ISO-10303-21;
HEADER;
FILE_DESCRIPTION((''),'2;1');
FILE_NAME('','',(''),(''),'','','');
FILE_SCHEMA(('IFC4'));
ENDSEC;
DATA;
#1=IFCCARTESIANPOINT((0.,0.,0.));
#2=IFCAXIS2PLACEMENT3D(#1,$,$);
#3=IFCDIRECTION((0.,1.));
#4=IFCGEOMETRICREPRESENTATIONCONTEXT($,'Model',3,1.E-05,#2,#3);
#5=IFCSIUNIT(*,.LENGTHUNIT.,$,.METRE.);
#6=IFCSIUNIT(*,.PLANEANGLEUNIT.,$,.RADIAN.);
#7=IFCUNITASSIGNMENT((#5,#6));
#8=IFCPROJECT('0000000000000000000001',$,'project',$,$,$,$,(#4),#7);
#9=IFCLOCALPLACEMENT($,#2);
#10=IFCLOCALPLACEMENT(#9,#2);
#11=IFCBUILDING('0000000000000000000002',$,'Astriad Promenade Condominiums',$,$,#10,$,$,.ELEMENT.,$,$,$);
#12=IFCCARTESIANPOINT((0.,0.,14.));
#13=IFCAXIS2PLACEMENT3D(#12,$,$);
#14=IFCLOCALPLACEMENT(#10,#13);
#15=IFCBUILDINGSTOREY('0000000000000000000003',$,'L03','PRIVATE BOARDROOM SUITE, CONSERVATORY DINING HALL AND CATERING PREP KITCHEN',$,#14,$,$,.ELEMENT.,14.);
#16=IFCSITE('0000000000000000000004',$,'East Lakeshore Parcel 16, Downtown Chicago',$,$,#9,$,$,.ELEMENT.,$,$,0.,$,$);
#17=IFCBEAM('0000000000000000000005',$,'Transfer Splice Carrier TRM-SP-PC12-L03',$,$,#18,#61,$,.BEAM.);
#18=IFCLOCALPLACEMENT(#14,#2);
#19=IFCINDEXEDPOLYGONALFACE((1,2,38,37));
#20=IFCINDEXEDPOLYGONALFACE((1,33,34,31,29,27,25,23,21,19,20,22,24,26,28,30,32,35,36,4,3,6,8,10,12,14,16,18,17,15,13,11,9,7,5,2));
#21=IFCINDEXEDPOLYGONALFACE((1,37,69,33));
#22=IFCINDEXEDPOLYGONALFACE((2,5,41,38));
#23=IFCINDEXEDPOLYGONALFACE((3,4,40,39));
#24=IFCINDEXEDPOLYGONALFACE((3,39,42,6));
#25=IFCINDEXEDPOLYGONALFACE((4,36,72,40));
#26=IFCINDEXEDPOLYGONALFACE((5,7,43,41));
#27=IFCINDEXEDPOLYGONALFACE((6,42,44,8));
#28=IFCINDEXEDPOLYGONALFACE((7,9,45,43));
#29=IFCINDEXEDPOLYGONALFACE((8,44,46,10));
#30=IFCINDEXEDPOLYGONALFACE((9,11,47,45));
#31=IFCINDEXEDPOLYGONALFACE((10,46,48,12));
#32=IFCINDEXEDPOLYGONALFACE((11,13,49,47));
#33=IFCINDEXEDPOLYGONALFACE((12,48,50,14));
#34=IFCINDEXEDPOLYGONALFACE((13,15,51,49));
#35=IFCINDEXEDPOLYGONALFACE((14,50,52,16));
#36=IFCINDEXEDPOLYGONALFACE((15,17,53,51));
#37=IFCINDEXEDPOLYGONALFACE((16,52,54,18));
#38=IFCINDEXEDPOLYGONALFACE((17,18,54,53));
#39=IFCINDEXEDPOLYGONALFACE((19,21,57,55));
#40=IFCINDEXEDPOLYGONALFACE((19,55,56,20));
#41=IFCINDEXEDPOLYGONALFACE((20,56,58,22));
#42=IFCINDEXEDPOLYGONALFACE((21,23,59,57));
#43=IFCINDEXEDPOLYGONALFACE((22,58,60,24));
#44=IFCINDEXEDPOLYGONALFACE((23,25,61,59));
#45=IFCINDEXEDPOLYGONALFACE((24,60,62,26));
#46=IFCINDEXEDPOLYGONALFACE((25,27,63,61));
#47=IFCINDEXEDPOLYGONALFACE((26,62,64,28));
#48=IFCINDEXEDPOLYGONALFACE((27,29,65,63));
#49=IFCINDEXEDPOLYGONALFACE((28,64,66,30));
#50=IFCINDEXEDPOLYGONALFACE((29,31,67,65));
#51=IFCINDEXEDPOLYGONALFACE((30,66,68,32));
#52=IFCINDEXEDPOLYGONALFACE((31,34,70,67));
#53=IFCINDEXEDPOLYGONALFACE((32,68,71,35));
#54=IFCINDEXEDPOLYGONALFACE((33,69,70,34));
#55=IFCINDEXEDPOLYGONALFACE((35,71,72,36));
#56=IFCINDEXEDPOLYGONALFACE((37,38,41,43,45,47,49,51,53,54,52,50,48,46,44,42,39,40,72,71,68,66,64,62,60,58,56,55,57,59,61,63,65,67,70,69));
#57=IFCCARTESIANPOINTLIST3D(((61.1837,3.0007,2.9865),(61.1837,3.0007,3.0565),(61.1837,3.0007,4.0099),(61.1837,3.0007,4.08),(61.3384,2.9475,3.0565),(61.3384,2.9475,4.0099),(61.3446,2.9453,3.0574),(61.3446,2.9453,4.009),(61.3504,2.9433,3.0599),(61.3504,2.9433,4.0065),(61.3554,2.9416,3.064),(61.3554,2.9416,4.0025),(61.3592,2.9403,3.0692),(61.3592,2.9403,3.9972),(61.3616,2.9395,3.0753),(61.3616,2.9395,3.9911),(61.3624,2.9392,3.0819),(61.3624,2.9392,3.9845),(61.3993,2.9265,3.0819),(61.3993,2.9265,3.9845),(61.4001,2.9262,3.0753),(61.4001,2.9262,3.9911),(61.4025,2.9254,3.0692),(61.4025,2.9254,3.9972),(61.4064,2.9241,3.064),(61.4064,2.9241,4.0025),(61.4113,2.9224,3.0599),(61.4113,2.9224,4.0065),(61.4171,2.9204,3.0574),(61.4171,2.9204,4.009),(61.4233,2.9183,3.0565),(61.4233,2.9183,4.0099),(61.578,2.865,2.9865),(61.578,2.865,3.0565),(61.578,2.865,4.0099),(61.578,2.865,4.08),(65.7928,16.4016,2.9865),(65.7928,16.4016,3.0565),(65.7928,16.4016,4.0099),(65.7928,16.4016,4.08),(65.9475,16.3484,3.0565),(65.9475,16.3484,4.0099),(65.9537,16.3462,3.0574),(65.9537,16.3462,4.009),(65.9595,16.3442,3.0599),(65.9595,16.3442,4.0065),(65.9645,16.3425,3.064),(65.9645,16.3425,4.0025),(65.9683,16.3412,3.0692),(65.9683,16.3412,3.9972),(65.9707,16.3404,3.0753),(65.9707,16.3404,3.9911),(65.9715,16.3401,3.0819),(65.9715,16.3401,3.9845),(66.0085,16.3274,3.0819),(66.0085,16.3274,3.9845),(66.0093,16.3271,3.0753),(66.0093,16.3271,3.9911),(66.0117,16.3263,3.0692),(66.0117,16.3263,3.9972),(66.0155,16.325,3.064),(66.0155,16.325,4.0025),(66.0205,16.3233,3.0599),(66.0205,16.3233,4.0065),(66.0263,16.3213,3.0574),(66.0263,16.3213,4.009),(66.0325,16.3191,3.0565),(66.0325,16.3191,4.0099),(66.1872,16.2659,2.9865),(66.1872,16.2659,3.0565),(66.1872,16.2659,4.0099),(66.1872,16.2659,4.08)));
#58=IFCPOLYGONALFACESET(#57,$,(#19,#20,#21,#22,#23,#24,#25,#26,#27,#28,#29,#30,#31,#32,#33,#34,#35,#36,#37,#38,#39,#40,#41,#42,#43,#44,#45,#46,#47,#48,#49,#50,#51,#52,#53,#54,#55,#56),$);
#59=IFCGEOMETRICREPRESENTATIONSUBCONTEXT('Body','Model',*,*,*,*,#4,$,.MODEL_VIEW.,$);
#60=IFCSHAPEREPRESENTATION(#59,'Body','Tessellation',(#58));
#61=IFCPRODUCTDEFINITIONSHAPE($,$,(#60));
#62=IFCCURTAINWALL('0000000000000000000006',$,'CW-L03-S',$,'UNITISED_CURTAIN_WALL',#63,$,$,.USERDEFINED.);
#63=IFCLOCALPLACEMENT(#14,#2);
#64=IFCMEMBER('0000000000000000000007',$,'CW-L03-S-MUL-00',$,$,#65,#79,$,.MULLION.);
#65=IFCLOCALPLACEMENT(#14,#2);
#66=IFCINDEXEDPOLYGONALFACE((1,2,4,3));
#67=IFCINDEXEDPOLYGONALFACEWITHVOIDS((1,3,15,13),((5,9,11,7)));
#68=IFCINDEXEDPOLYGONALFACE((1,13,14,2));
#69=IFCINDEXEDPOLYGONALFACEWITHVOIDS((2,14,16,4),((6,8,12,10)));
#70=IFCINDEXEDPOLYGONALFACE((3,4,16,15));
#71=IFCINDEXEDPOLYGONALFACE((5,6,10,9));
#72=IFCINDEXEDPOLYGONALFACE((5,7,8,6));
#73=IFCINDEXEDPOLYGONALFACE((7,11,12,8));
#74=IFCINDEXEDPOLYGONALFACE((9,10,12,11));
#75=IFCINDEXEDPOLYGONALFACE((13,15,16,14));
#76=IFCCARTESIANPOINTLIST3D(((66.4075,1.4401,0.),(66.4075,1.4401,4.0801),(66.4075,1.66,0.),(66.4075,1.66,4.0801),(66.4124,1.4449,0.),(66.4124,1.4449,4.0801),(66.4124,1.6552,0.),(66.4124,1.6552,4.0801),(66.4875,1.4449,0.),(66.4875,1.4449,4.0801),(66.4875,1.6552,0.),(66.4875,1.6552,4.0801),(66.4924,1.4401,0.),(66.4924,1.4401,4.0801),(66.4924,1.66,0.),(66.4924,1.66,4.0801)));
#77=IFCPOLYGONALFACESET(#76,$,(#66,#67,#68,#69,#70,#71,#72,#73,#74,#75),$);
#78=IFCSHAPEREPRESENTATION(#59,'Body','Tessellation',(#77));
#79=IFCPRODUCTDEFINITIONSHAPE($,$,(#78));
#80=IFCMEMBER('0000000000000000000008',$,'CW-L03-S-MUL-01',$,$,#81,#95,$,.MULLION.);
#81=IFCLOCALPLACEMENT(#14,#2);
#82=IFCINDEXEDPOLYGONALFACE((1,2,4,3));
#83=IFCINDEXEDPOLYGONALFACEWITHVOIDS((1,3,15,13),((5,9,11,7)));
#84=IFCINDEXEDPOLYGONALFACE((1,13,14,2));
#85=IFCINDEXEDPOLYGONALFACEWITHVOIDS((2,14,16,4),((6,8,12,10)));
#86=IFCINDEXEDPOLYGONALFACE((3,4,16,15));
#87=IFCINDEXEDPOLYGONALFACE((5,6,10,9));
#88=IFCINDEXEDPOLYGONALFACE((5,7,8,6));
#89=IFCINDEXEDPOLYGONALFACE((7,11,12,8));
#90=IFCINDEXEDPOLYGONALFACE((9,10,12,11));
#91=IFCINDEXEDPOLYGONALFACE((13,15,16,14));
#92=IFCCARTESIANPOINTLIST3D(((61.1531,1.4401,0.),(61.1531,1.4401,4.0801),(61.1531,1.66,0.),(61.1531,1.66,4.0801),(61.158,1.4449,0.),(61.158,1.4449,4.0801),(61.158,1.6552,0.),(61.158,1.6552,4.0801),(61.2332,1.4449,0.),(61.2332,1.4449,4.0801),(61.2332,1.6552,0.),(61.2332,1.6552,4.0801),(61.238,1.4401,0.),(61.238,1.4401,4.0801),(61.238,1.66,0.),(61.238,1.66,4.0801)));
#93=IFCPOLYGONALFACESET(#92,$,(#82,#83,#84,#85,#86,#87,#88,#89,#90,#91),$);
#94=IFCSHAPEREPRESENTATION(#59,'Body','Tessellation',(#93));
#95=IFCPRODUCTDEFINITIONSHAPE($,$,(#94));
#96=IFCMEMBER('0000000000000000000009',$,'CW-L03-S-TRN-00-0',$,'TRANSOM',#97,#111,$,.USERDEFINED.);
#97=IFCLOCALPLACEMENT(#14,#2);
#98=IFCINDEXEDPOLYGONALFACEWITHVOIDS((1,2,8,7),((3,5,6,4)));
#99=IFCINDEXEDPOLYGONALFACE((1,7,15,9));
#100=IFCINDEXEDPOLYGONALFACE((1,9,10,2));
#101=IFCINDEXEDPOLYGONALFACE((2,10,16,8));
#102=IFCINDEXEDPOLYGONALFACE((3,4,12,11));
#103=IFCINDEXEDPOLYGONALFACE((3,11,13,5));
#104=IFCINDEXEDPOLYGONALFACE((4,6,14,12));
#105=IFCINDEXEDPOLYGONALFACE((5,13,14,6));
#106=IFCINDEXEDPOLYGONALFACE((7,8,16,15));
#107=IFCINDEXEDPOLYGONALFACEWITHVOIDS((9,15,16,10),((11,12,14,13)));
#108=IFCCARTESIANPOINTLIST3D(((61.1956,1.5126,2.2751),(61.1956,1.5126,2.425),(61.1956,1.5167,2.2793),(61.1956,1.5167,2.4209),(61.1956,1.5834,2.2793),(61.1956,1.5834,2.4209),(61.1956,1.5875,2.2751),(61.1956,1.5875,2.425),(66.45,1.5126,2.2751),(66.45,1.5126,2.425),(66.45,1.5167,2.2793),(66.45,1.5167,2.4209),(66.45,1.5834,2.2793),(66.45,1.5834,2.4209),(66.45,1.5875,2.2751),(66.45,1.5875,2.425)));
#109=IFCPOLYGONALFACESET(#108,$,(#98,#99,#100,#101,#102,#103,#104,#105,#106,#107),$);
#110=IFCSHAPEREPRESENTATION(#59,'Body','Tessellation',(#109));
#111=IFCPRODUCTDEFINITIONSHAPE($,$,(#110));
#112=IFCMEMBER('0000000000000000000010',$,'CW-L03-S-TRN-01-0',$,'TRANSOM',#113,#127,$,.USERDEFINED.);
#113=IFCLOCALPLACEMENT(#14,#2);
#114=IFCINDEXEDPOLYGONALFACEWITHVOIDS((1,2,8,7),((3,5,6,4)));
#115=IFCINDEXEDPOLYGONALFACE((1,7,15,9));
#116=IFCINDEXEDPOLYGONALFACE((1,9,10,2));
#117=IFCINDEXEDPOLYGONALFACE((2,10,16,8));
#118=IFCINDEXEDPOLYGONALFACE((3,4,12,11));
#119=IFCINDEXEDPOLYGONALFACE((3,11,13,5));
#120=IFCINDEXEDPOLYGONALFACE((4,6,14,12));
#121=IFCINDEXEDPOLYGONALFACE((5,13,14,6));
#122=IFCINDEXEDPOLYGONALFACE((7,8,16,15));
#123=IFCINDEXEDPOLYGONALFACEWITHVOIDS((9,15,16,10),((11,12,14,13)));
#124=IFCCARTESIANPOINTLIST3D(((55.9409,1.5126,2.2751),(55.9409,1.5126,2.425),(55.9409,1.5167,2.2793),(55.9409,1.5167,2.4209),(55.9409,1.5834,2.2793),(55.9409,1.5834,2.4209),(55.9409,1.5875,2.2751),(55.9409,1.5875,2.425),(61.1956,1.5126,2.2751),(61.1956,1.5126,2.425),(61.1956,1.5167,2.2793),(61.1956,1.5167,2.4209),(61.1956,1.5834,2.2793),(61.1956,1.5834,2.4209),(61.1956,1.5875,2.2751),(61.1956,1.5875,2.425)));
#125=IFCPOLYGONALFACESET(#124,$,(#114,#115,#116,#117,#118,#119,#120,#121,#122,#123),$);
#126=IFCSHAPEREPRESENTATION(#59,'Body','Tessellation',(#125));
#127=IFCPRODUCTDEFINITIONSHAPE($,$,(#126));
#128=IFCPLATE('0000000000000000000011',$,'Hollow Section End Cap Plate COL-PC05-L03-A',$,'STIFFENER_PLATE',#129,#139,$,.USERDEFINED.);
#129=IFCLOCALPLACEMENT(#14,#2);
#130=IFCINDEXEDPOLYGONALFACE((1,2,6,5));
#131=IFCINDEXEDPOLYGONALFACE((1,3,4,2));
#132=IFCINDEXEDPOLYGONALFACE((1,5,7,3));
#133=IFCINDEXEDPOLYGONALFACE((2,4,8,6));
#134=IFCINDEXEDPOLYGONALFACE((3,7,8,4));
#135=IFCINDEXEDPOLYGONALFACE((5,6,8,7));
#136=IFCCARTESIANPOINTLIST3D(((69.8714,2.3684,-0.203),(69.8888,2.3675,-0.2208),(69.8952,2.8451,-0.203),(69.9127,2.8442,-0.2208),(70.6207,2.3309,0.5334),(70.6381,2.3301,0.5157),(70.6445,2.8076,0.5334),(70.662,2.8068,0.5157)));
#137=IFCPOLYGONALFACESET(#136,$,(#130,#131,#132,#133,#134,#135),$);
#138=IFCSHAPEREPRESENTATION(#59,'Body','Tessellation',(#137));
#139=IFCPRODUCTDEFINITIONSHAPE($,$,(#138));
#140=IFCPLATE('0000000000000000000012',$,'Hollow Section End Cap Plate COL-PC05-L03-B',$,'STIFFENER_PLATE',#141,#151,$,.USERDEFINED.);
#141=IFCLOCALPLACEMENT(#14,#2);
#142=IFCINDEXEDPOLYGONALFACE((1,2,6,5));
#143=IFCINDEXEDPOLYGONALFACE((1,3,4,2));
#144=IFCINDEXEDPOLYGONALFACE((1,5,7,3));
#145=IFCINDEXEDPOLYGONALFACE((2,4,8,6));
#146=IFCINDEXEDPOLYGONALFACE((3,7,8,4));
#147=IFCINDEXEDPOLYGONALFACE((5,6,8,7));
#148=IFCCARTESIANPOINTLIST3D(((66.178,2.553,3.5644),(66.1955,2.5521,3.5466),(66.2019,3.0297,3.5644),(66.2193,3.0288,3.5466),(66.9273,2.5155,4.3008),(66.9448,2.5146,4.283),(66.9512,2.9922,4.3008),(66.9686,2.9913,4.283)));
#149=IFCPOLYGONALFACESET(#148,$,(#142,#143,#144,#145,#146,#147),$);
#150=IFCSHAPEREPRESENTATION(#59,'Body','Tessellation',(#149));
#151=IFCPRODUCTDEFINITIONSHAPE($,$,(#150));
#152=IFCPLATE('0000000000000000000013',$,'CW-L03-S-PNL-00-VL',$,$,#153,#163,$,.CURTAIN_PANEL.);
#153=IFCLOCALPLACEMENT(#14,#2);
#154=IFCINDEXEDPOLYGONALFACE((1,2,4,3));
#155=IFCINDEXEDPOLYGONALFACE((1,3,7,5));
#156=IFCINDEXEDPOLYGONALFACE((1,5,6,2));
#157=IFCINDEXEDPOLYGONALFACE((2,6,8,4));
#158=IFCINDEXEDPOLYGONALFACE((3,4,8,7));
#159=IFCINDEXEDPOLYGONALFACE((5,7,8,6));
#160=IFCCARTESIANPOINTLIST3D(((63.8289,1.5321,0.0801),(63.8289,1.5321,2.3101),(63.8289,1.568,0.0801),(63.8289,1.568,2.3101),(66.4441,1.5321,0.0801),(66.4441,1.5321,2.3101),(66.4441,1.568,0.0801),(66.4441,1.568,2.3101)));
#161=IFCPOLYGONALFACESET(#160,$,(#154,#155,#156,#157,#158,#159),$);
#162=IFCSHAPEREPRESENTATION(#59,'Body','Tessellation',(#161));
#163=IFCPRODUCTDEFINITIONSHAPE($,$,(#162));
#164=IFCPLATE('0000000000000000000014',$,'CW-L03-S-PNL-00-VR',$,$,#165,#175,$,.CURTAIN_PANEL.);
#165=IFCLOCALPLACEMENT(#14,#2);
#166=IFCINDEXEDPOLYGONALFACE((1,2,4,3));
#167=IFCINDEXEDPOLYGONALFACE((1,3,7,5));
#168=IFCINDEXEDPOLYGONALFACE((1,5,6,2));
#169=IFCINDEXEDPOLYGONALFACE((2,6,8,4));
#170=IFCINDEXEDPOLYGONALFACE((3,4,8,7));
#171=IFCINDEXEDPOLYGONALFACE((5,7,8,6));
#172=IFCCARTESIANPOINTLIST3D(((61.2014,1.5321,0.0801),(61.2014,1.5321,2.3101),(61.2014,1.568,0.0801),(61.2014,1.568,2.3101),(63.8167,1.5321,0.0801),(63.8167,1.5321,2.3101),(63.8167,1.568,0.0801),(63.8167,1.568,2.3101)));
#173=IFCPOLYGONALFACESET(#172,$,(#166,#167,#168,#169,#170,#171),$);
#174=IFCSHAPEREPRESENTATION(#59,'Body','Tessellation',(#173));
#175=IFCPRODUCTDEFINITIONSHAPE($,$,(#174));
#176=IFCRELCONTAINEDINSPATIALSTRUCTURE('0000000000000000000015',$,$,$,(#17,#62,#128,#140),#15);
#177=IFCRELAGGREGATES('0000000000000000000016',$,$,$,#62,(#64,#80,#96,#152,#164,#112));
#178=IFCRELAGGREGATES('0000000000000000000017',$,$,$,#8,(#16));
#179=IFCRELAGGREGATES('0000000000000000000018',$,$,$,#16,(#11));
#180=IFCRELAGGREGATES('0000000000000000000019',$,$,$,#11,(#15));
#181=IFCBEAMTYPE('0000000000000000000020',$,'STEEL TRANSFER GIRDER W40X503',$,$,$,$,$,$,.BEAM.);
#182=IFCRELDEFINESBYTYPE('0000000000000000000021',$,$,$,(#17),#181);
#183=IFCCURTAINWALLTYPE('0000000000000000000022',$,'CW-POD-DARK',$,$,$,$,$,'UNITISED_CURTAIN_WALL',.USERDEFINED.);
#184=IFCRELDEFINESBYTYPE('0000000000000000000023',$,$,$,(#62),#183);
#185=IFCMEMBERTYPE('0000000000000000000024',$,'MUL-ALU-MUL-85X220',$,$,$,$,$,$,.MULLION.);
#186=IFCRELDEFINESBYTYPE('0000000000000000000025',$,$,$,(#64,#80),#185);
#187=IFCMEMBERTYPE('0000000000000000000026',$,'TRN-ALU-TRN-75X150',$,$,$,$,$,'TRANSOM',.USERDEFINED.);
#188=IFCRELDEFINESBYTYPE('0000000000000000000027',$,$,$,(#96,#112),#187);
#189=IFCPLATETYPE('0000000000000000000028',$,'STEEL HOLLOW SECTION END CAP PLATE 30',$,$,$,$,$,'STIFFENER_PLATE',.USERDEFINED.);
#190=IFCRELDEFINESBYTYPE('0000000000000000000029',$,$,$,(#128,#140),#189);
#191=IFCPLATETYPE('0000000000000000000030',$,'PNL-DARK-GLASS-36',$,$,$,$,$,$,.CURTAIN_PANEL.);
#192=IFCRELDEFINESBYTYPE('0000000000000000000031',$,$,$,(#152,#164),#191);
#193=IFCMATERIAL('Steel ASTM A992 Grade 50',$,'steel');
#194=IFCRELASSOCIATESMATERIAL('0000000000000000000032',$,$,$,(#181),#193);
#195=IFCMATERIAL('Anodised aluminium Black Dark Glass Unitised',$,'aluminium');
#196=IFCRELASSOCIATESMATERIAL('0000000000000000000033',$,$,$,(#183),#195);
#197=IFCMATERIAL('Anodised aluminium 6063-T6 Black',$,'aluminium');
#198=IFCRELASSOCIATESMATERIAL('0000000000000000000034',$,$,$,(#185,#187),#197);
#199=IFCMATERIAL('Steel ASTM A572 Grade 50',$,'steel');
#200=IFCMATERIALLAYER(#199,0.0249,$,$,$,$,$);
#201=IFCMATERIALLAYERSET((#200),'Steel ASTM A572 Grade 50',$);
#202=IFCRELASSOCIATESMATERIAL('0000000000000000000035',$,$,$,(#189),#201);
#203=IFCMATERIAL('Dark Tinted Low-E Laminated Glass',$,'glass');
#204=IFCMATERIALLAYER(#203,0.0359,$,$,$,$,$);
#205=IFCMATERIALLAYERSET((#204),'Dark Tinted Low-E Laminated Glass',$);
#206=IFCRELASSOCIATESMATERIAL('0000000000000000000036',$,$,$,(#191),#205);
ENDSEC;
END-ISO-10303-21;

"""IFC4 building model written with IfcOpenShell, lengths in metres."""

from ifc_helpers import new_model, si_unit, direction, frame, origin, origin_2d, place, context, subcontext, project, spatial, rectangle, hollow_rectangle, i_section, extrude, source, transform, mapped, material, layer, layer_set, material_profile, profile_set, type_object, type_shapes, element, aggregate, save


model = new_model("IFC4")

# Units and contexts
model_context = context("Model", 3, precision=1e-05, world=origin(), true_north=direction((0.0, 1.0)))
body_context = subcontext(model_context, "Body", "Model", "MODEL_VIEW")
ifc_project = project(units=[si_unit("LENGTHUNIT", "METRE"), si_unit("PLANEANGLEUNIT", "RADIAN")], contexts=[model_context])

# Site, building, storey
site_placement = place(None, origin())
site = spatial("IfcSite", under=ifc_project, at=site_placement, Name="East Lakeshore Parcel 16, Downtown Chicago", CompositionType="ELEMENT", RefElevation=0.0)
building_placement = place(site_placement, origin())
building = spatial("IfcBuilding", under=site, at=building_placement, Name="Astriad Promenade Condominiums", CompositionType="ELEMENT")
storey_placement = place(building_placement, frame((0.0, 0.0, 14.0)))
storey = spatial("IfcBuildingStorey", under=building, at=storey_placement, Name="L03", Description="PRIVATE BOARDROOM SUITE, CONSERVATORY DINING HALL AND CATERING PREP KITCHEN", CompositionType="ELEMENT", Elevation=14.0)

# Shared definitions
ifc_material_1 = material(Name="Steel ASTM A992 Grade 50", Category="steel")

# Beam
ifc_material_profile_1 = material_profile(ifc_material_1, i_section(OverallWidth=0.417, OverallDepth=1.0935, WebThickness=0.0391, FlangeThickness=0.0701, FilletRadius=0.0254, at=origin_2d()), Name="W40X503")
ifc_profile_set_1 = profile_set([ifc_material_profile_1], Name="Steel ASTM A992 Grade 50")
beam_type_1 = type_object("IfcBeamType", Name="STEEL TRANSFER GIRDER W40X503", PredefinedType="BEAM", material=ifc_profile_set_1)
shared_shape_1 = source(origin(), body_context, "Body", "SweptSolid", [
    extrude(i_section(OverallWidth=0.417, OverallDepth=1.0935, WebThickness=0.0391, FlangeThickness=0.0701, FilletRadius=0.0254, at=origin_2d()), origin(), (0.0, 0.0, 1.0), 14.1714),
])
type_shapes(beam_type_1, [shared_shape_1])
beam_1_placement = place(storey_placement, frame((61.3809, 2.9329, 3.5332), z_axis=(0.325243, 0.945631, 0.0), x_axis=(-0.945631, 0.325243, 0.0)))
element("IfcBeam", 1, at=beam_1_placement, inside=storey, type_object=beam_type_1, Name="Transfer Splice Carrier TRM-SP-PC12-L03", PredefinedType="BEAM", context=body_context, shape_type="MappedRepresentation", body=[
    mapped(shared_shape_1, transform((0.0, 0.0, 0.0), scale=1.0)),
])

# Curtain wall, members
ifc_material_2 = material(Name="Anodised aluminium Black Dark Glass Unitised", Category="aluminium")
curtain_wall_type = type_object("IfcCurtainWallType", Name="CW-POD-DARK", ElementType="UNITISED_CURTAIN_WALL", PredefinedType="USERDEFINED", material=ifc_material_2)
curtain_wall_placement = place(storey_placement, origin())
curtain_wall = element("IfcCurtainWall", 2, at=curtain_wall_placement, inside=storey, type_object=curtain_wall_type, Name="CW-L03-S", ObjectType="UNITISED_CURTAIN_WALL", PredefinedType="USERDEFINED")
ifc_material_3 = material(Name="Anodised aluminium 6063-T6 Black", Category="aluminium")
ifc_material_profile_2 = material_profile(ifc_material_3, hollow_rectangle(XDim=0.085, YDim=0.22, WallThickness=0.0049, at=origin_2d()), Name="ALU-MUL-85X220")
ifc_profile_set_2 = profile_set([ifc_material_profile_2], Name="Anodised aluminium 6063-T6 Black")
member_type_1 = type_object("IfcMemberType", Name="MUL-ALU-MUL-85X220", PredefinedType="MULLION", material=ifc_profile_set_2)
shared_shape_2 = source(origin(), body_context, "Body", "SweptSolid", [
    extrude(hollow_rectangle(XDim=0.085, YDim=0.22, WallThickness=0.0049, at=origin_2d()), origin(), (0.0, 0.0, 1.0), 4.0801),
])
type_shapes(member_type_1, [shared_shape_2])
member_1_placement = place(storey_placement, frame((66.45, 1.55, 0.0), z_axis=(0.0, 0.0, 1.0), x_axis=(1.0, 0.0, 0.0)))
member_1 = element("IfcMember", 3, at=member_1_placement, type_object=member_type_1, Name="CW-L03-S-MUL-00", PredefinedType="MULLION", context=body_context, shape_type="MappedRepresentation", body=[
    mapped(shared_shape_2, transform((0.0, 0.0, 0.0), scale=1.0)),
])
member_2_placement = place(storey_placement, frame((61.1956, 1.55, 0.0), z_axis=(0.0, 0.0, 1.0), x_axis=(1.0, 0.0, 0.0)))
member_2 = element("IfcMember", 4, at=member_2_placement, type_object=member_type_1, Name="CW-L03-S-MUL-01", PredefinedType="MULLION", context=body_context, shape_type="MappedRepresentation", body=[
    mapped(shared_shape_2, transform((0.0, 0.0, 0.0), scale=1.0)),
])
ifc_material_profile_3 = material_profile(ifc_material_3, hollow_rectangle(XDim=0.075, YDim=0.1499, WallThickness=0.0042, at=origin_2d()), Name="ALU-TRN-75X150")
ifc_profile_set_3 = profile_set([ifc_material_profile_3], Name="Anodised aluminium 6063-T6 Black")
member_type_2 = type_object("IfcMemberType", Name="TRN-ALU-TRN-75X150", ElementType="TRANSOM", PredefinedType="USERDEFINED", material=ifc_profile_set_3)
shared_shape_3 = source(origin(), body_context, "Body", "SweptSolid", [
    extrude(hollow_rectangle(XDim=0.075, YDim=0.1499, WallThickness=0.0042, at=origin_2d()), origin(), (0.0, 0.0, 1.0), 5.2544),
])
member_3_placement = place(storey_placement, frame((66.45, 1.55, 2.3501), z_axis=(-1.0, 0.0, 0.0), x_axis=(0.0, -1.0, 0.0)))
member_3 = element("IfcMember", 5, at=member_3_placement, type_object=member_type_2, Name="CW-L03-S-TRN-00-0", ObjectType="TRANSOM", PredefinedType="USERDEFINED", context=body_context, shape_type="MappedRepresentation", body=[
    mapped(shared_shape_3, transform((0.0, 0.0, 0.0), scale=1.0)),
])
shared_shape_4 = source(origin(), body_context, "Body", "SweptSolid", [
    extrude(hollow_rectangle(XDim=0.075, YDim=0.1499, WallThickness=0.0042, at=origin_2d()), origin(), (0.0, 0.0, 1.0), 5.2546),
])
type_shapes(member_type_2, [shared_shape_3, shared_shape_4])
member_4_placement = place(storey_placement, frame((61.1956, 1.55, 2.3501), z_axis=(-1.0, 0.0, 0.0), x_axis=(0.0, -1.0, 0.0)))
member_4 = element("IfcMember", 6, at=member_4_placement, type_object=member_type_2, Name="CW-L03-S-TRN-01-0", ObjectType="TRANSOM", PredefinedType="USERDEFINED", context=body_context, shape_type="MappedRepresentation", body=[
    mapped(shared_shape_4, transform((0.0, 0.0, 0.0), scale=1.0)),
])

# Plates
ifc_material_4 = material(Name="Steel ASTM A572 Grade 50", Category="steel")
ifc_layer_1 = layer(ifc_material_4, 0.0249)
ifc_layer_set_1 = layer_set([ifc_layer_1], Name="Steel ASTM A572 Grade 50")
plate_type_1 = type_object("IfcPlateType", Name="STEEL HOLLOW SECTION END CAP PLATE 30", ElementType="STIFFENER_PLATE", PredefinedType="USERDEFINED", material=ifc_layer_set_1)
shared_shape_5 = source(origin(), body_context, "Body", "SweptSolid", [
    extrude(rectangle(XDim=0.4773, YDim=1.0513, at=origin_2d()), origin(), (0.0, 0.0, 1.0), 0.0249),
])
type_shapes(plate_type_1, [shared_shape_5])
for number, where, z_axis, x_axis, name in (
    (7, (70.2754, 2.5872, 0.1475), (-0.699635, 0.034982, 0.713643), (-0.049938, -0.998752, 0.0), "Hollow Section End Cap Plate COL-PC05-L03-A"),
    (8, (66.582, 2.7717, 3.9148), (-0.699635, 0.034982, 0.713643), (-0.049938, -0.998752, 0.0), "Hollow Section End Cap Plate COL-PC05-L03-B"),
):
    element("IfcPlate", number, at=place(storey_placement, frame(where, z_axis=z_axis, x_axis=x_axis)), inside=storey, type_object=plate_type_1, Name=name, ObjectType="STIFFENER_PLATE", PredefinedType="USERDEFINED", context=body_context, shape_type="MappedRepresentation", body=[
        mapped(shared_shape_5, transform((0.0, 0.0, 0.0), scale=1.0)),
    ])

# Plates
ifc_material_5 = material(Name="Dark Tinted Low-E Laminated Glass", Category="glass")
ifc_layer_2 = layer(ifc_material_5, 0.0359)
ifc_layer_set_2 = layer_set([ifc_layer_2], Name="Dark Tinted Low-E Laminated Glass")
plate_type_2 = type_object("IfcPlateType", Name="PNL-DARK-GLASS-36", PredefinedType="CURTAIN_PANEL", material=ifc_layer_set_2)
shared_shape_6 = source(origin(), body_context, "Body", "SweptSolid", [
    extrude(rectangle(XDim=2.6152, YDim=0.0359, at=origin_2d()), origin(), (0.0, 0.0, 1.0), 2.23),
])
plate_1_placement = place(storey_placement, frame((65.1365, 1.55, 0.0801), z_axis=(0.0, 0.0, 1.0), x_axis=(-1.0, 0.0, 0.0)))
plate_1 = element("IfcPlate", 9, at=plate_1_placement, type_object=plate_type_2, Name="CW-L03-S-PNL-00-VL", PredefinedType="CURTAIN_PANEL", context=body_context, shape_type="MappedRepresentation", body=[
    mapped(shared_shape_6, transform((0.0, 0.0, 0.0), scale=1.0)),
])
plate_2_placement = place(storey_placement, frame((62.509, 1.55, 0.0801), z_axis=(0.0, 0.0, 1.0), x_axis=(-1.0, 0.0, 0.0)))
plate_2 = element("IfcPlate", 10, at=plate_2_placement, type_object=plate_type_2, Name="CW-L03-S-PNL-00-VR", PredefinedType="CURTAIN_PANEL", context=body_context, shape_type="MappedRepresentation", body=[
    mapped(shared_shape_6, transform((0.0, 0.0, 0.0), scale=1.0)),
])
aggregate(curtain_wall, [member_1, member_2, member_3, plate_1, plate_2, member_4])

save(model, "model.ifc")
